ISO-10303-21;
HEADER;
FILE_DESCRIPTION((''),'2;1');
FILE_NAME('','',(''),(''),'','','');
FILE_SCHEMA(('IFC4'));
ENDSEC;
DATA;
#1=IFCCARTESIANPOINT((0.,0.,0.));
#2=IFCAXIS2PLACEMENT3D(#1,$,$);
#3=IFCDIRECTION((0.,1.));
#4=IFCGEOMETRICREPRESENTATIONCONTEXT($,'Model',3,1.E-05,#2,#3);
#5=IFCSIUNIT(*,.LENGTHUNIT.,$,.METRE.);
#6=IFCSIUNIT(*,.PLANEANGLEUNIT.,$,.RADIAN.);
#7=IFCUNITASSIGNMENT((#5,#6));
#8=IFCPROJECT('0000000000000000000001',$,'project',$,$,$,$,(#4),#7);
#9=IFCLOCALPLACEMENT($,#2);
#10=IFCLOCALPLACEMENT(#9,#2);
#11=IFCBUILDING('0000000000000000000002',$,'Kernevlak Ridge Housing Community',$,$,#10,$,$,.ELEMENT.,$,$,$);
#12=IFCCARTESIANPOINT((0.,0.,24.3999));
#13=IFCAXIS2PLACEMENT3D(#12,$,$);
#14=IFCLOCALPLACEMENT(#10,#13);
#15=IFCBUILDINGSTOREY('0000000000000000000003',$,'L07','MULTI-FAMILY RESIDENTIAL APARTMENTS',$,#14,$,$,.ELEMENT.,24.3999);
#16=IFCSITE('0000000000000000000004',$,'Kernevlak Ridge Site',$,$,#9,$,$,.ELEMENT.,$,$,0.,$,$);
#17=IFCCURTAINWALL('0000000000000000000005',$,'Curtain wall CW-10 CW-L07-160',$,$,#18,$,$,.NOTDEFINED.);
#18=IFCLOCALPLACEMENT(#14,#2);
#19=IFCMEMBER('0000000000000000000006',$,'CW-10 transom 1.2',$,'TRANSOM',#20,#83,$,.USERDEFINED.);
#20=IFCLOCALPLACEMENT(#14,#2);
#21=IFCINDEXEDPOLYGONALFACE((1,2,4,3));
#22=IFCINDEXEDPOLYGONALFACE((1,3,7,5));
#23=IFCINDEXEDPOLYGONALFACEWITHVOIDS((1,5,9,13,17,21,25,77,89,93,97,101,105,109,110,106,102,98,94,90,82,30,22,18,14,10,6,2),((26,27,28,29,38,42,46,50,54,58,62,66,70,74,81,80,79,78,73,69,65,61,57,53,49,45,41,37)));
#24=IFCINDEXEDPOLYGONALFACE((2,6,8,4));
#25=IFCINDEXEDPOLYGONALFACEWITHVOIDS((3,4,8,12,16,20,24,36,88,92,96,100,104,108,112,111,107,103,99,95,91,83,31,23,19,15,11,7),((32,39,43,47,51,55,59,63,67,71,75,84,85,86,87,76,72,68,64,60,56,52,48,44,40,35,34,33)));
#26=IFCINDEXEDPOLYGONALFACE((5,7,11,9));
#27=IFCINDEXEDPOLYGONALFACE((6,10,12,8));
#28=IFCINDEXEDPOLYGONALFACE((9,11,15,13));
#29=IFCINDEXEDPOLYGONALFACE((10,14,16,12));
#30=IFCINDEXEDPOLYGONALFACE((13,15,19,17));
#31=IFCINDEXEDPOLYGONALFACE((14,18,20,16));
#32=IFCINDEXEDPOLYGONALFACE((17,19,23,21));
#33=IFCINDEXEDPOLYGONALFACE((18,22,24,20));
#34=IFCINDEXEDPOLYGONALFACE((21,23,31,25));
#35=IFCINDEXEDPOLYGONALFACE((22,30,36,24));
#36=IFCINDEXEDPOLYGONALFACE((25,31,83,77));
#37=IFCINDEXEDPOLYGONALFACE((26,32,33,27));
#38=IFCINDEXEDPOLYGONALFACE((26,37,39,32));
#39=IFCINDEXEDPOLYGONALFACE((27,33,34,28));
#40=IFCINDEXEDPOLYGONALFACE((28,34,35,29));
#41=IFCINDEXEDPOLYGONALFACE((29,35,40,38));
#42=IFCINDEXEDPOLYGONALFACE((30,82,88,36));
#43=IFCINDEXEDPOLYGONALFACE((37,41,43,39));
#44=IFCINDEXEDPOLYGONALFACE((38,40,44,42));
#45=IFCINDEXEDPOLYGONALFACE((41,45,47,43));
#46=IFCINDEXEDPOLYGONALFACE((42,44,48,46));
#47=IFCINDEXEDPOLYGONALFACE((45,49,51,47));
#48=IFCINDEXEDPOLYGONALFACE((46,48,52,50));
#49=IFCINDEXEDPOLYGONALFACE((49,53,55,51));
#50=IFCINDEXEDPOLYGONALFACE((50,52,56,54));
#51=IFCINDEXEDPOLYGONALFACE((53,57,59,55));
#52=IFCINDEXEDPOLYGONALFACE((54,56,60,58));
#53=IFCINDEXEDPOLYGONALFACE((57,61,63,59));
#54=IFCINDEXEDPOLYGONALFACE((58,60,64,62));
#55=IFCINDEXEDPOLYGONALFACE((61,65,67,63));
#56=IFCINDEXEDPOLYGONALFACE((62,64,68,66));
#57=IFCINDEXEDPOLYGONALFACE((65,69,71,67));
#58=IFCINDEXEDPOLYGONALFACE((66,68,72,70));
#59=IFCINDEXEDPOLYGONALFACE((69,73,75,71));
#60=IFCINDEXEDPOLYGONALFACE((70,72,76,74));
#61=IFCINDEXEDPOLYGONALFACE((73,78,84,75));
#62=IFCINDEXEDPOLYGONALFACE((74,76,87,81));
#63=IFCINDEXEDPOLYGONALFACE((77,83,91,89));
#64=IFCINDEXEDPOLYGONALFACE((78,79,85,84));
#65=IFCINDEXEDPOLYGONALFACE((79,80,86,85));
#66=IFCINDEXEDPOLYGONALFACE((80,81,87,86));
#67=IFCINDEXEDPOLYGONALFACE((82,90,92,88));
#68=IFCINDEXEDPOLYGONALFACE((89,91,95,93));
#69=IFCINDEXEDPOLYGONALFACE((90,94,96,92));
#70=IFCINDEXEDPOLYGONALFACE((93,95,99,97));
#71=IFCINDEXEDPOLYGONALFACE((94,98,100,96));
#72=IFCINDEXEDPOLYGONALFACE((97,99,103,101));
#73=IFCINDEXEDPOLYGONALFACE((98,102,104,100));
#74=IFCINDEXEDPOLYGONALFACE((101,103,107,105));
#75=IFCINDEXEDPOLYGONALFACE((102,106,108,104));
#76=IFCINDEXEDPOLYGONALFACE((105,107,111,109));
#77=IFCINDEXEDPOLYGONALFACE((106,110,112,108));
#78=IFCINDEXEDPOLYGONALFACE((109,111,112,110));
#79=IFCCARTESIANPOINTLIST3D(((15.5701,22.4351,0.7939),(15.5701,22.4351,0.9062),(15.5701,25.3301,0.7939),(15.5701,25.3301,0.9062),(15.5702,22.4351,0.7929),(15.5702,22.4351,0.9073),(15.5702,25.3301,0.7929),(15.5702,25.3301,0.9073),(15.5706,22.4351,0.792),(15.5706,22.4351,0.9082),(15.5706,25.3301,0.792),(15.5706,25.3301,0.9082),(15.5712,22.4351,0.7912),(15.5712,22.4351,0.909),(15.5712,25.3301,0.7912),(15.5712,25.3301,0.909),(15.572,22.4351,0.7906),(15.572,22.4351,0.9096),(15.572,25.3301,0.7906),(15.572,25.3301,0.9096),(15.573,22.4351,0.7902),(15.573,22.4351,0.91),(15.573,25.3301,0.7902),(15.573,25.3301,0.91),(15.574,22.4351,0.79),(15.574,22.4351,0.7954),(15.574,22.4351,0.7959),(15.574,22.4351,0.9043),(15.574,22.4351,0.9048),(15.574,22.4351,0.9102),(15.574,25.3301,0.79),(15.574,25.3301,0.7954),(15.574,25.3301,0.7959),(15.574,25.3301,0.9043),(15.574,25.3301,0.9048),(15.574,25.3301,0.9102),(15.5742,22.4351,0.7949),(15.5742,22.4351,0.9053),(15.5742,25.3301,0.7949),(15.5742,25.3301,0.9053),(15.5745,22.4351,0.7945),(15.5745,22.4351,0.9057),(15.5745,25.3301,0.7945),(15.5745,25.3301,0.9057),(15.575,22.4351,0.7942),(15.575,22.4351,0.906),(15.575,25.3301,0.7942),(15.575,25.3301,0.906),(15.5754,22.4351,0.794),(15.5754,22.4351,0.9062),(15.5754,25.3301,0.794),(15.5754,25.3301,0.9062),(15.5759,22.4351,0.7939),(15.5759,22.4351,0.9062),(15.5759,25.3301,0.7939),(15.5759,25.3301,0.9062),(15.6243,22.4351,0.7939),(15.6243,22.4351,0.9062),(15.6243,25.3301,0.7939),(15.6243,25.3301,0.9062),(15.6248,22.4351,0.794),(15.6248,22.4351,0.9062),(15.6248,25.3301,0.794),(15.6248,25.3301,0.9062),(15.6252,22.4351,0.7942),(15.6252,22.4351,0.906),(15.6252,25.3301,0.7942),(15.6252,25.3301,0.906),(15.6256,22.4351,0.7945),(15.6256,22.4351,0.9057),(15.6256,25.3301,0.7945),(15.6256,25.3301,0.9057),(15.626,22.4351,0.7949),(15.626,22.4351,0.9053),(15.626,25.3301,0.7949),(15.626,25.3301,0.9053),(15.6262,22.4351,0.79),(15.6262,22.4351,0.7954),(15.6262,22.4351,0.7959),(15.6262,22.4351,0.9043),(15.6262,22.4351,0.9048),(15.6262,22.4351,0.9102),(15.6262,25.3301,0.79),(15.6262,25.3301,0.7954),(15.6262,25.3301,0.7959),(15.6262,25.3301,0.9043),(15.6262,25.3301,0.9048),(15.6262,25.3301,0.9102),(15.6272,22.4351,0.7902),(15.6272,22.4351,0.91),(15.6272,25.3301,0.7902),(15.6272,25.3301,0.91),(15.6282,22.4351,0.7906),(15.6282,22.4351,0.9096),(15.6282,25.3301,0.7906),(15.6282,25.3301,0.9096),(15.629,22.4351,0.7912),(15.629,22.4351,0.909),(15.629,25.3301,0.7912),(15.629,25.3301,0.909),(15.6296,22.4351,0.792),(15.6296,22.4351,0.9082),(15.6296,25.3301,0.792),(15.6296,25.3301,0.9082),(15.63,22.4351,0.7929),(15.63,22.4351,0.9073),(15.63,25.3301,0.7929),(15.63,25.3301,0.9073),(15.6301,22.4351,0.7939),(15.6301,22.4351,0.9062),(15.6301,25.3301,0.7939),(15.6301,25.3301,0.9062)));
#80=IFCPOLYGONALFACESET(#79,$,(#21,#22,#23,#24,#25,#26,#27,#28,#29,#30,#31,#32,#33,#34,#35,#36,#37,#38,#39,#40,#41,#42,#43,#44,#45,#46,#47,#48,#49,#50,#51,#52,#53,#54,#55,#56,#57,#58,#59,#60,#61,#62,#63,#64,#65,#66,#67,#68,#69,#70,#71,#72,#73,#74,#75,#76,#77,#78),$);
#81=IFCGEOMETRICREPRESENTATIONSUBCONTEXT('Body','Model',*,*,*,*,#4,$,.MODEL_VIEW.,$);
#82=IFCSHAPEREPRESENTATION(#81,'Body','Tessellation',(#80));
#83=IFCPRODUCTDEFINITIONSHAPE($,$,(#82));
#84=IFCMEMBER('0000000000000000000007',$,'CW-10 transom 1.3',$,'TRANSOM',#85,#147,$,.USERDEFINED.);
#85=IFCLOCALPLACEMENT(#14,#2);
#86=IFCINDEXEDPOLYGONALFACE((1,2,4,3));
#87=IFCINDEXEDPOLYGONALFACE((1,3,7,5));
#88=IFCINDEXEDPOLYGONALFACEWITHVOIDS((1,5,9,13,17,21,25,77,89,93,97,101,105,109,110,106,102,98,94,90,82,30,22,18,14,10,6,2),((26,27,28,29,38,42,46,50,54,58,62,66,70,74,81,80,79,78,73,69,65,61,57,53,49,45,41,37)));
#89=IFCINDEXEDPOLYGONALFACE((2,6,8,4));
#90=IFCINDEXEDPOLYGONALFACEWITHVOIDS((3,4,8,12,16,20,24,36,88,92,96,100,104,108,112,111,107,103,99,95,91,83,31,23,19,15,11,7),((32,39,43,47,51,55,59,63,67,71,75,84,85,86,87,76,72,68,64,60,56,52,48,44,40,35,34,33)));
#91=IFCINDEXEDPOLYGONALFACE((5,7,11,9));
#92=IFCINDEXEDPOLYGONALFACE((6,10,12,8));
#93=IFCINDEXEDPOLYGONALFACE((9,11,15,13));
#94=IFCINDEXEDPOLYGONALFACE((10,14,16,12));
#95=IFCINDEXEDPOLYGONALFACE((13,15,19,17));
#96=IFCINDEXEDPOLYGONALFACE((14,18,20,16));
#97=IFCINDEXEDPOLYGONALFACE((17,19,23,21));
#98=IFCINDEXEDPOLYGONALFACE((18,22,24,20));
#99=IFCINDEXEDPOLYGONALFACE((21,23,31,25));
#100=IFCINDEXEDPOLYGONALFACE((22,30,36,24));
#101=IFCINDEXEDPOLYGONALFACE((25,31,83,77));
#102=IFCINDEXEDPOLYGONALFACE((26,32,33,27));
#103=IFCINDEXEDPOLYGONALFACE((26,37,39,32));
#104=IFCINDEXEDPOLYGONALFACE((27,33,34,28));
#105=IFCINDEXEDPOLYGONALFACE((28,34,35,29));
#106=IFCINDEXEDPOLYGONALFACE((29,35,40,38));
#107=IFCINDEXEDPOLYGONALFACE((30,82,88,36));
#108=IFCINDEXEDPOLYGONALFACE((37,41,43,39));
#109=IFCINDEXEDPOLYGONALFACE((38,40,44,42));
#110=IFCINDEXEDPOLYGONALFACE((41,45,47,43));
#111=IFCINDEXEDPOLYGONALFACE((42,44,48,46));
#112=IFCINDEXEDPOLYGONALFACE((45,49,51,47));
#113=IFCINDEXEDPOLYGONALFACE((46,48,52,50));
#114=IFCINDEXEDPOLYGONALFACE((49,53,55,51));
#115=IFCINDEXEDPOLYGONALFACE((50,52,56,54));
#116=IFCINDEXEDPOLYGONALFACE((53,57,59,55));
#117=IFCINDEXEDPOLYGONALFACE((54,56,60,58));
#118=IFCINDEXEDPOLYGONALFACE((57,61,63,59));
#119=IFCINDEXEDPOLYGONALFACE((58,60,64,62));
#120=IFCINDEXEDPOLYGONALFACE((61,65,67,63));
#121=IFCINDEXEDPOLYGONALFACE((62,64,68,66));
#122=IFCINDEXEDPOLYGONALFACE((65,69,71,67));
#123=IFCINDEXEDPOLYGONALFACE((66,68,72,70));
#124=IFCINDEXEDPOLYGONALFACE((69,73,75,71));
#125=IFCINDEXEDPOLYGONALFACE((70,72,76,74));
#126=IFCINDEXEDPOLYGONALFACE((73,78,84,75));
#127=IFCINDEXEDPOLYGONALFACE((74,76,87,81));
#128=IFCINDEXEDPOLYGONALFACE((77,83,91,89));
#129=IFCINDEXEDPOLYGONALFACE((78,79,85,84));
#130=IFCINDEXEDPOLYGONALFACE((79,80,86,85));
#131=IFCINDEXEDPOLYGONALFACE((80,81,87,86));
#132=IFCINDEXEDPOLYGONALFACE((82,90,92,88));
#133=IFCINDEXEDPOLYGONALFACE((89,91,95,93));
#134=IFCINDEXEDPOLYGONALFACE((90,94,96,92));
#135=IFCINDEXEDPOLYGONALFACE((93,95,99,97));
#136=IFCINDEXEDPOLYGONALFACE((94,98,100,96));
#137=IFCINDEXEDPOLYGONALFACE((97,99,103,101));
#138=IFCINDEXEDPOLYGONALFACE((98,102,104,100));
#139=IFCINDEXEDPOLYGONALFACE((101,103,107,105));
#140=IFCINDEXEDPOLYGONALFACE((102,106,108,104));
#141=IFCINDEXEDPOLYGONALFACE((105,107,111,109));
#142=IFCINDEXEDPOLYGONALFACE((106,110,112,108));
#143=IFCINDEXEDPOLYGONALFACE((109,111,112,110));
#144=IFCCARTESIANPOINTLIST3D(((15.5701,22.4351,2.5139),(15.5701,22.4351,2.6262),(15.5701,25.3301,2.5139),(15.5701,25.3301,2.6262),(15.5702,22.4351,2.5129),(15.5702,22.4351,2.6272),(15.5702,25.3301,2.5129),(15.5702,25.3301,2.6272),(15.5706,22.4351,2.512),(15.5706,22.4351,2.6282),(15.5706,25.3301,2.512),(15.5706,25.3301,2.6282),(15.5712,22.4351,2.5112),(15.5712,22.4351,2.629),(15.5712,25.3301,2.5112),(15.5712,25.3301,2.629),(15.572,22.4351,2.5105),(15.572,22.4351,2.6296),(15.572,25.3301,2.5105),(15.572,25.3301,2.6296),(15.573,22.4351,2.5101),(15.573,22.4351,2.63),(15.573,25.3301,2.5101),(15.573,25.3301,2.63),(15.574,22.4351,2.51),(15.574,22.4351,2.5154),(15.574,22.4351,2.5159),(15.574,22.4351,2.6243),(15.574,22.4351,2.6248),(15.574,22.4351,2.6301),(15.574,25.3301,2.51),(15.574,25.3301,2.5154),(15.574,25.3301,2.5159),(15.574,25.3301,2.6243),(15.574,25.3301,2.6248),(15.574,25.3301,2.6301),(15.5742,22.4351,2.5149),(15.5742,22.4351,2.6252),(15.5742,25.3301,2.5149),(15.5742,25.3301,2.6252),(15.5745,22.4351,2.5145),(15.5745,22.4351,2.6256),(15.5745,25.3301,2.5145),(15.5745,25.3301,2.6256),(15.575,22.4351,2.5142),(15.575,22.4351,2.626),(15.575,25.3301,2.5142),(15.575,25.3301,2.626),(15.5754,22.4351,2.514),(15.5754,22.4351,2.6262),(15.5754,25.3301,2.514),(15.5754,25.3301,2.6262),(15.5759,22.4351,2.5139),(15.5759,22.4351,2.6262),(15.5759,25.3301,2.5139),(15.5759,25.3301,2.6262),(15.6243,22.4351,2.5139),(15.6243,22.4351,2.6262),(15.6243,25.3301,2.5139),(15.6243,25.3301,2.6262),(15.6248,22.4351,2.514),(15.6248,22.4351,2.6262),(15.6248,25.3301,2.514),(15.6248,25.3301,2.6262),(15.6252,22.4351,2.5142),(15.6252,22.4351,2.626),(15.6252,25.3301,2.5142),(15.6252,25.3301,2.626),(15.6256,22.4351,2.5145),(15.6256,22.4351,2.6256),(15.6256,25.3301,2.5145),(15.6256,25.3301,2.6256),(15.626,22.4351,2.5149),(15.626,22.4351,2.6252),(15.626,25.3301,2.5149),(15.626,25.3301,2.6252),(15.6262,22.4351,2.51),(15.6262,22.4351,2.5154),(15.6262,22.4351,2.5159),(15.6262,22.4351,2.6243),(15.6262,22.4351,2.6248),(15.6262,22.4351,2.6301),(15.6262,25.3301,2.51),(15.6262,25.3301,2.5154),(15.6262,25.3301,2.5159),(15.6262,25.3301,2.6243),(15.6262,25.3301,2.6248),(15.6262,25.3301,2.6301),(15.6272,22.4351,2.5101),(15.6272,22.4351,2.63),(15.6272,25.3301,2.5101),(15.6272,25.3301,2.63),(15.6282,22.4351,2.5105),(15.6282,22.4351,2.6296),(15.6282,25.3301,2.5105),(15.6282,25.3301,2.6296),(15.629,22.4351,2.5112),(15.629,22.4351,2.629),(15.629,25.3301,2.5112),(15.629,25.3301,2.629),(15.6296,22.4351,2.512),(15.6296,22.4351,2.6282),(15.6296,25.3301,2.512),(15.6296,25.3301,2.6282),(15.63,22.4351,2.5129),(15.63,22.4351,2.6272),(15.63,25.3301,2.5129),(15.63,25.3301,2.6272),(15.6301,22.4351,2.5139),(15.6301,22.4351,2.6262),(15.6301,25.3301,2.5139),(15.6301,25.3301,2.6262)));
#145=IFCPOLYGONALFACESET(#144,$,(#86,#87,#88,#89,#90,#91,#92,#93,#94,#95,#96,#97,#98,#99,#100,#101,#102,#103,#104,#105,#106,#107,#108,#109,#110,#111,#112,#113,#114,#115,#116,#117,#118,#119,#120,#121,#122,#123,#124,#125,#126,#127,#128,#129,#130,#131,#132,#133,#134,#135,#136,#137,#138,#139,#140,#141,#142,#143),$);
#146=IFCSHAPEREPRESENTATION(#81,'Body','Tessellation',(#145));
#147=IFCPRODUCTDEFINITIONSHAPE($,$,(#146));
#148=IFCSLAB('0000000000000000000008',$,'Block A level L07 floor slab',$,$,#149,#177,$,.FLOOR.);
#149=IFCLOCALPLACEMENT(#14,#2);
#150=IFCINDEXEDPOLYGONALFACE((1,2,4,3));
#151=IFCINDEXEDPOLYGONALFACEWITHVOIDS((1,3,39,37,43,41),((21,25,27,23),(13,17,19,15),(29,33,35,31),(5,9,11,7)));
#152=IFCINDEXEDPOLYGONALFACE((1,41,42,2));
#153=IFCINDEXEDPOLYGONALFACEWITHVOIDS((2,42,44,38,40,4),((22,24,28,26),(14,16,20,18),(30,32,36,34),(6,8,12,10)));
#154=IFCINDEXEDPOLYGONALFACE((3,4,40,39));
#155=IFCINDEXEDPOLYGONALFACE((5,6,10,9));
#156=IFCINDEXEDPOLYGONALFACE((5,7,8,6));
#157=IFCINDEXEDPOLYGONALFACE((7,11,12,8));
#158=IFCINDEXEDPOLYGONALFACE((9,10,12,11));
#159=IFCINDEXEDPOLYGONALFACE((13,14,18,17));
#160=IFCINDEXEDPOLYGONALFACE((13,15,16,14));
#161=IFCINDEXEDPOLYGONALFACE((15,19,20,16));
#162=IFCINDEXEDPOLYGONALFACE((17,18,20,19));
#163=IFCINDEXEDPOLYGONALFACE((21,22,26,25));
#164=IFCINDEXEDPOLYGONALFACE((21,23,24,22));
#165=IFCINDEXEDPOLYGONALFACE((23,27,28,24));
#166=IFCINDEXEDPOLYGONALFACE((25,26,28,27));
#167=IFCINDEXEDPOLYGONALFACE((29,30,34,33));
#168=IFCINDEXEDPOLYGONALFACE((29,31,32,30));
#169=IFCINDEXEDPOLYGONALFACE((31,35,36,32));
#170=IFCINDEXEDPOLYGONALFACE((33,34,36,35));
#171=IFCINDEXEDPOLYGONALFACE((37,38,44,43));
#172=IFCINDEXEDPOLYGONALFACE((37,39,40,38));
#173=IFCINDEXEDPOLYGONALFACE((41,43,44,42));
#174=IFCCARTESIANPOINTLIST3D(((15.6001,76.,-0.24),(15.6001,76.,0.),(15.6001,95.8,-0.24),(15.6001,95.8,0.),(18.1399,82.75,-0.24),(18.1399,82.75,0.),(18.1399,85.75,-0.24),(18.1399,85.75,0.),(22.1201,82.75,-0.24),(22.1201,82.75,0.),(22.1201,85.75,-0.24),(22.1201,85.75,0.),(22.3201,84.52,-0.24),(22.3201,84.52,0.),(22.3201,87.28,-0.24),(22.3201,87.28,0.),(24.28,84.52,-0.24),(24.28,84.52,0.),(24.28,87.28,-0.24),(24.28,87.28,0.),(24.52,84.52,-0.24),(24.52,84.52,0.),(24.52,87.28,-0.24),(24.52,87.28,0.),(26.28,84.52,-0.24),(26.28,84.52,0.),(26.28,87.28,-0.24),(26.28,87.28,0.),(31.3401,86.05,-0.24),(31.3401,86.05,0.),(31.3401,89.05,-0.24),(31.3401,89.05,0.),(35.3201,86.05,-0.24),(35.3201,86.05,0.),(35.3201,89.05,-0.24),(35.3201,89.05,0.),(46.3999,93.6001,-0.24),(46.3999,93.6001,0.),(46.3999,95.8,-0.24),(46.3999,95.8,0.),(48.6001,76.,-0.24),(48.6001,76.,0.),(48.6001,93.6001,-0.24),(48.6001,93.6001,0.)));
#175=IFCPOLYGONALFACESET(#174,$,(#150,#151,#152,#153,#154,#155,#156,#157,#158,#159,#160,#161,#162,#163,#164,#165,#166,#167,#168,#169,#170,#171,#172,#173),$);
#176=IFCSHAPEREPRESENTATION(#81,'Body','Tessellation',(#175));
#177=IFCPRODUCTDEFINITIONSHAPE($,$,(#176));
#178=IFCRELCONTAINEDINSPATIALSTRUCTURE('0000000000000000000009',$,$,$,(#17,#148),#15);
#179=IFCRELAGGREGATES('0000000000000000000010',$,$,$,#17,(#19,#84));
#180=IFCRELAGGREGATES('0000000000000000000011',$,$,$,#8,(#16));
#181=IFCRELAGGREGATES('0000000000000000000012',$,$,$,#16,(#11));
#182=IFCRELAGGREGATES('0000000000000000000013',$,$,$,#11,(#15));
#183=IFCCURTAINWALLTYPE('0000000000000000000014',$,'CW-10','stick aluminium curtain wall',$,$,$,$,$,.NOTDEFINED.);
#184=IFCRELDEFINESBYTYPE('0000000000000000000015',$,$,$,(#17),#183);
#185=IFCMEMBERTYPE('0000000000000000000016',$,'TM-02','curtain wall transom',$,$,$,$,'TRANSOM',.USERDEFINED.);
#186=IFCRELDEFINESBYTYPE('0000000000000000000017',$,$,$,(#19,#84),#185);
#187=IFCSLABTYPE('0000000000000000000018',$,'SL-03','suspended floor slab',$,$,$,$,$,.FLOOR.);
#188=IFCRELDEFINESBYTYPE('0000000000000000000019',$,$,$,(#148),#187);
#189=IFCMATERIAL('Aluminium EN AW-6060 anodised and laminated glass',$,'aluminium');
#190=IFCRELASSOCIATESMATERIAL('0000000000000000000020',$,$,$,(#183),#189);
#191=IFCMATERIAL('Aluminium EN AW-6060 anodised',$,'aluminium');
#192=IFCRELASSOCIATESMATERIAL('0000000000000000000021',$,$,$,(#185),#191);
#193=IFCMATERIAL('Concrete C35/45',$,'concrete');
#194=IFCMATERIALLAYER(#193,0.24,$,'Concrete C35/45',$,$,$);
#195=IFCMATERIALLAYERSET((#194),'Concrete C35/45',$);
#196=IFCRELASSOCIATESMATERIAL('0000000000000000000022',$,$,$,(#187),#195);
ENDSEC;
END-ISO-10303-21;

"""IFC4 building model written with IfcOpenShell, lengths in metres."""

from ifc_helpers import new_model, si_unit, direction, frame, origin, origin_2d, place, context, subcontext, project, spatial, polyline, hollow_rectangle, outline, extrude, material, layer, layer_set, material_profile, profile_set, type_object, element, aggregate, save


model = new_model("IFC4")

# Units and contexts
model_context = context("Model", 3, precision=1e-05, world=origin(), true_north=direction((0.0, 1.0)))
body_context = subcontext(model_context, "Body", "Model", "MODEL_VIEW")
ifc_project = project(units=[si_unit("LENGTHUNIT", "METRE"), si_unit("PLANEANGLEUNIT", "RADIAN")], contexts=[model_context])

# Site, building, storey
site_placement = place(None, origin())
site = spatial("IfcSite", under=ifc_project, at=site_placement, Name="Kernevlak Ridge Site", CompositionType="ELEMENT", RefElevation=0.0)
building_placement = place(site_placement, origin())
building = spatial("IfcBuilding", under=site, at=building_placement, Name="Kernevlak Ridge Housing Community", CompositionType="ELEMENT")
storey_placement = place(building_placement, frame((0.0, 0.0, 24.3999)))
storey = spatial("IfcBuildingStorey", under=building, at=storey_placement, Name="L07", Description="MULTI-FAMILY RESIDENTIAL APARTMENTS", CompositionType="ELEMENT", Elevation=24.3999)

# Shared definitions
ifc_material_1 = material(Name="Concrete C35/45", Category="concrete")

# Curtain wall
ifc_material_2 = material(Name="Aluminium EN AW-6060 anodised and laminated glass", Category="aluminium")
curtain_wall_type = type_object("IfcCurtainWallType", Name="CW-10", Description="stick aluminium curtain wall", PredefinedType="NOTDEFINED", material=ifc_material_2)
curtain_wall_placement = place(storey_placement, origin())
curtain_wall = element("IfcCurtainWall", 1, at=curtain_wall_placement, inside=storey, type_object=curtain_wall_type, Name="Curtain wall CW-10 CW-L07-160", PredefinedType="NOTDEFINED")
ifc_material_3 = material(Name="Aluminium EN AW-6060 anodised", Category="aluminium")

# Members
ifc_material_profile_1 = material_profile(ifc_material_3, hollow_rectangle(XDim=0.0601, YDim=0.1201, WallThickness=0.0039, InnerFilletRadius=0.002, OuterFilletRadius=0.0039, at=origin_2d()), Name="ALU 60x120x4")
ifc_profile_set_1 = profile_set([ifc_material_profile_1], Name="Aluminium EN AW-6060 anodised")
member_type_1 = type_object("IfcMemberType", Name="TM-02", Description="curtain wall transom", ElementType="TRANSOM", PredefinedType="USERDEFINED", material=ifc_profile_set_1)
member_1_placement = place(storey_placement, frame((15.6001, 22.4351, 0.8501), z_axis=(0.0, 1.0, 0.0), x_axis=(-1.0, 0.0, 0.0)))
member_1 = element("IfcMember", 2, at=member_1_placement, type_object=member_type_1, Name="CW-10 transom 1.2", ObjectType="TRANSOM", PredefinedType="USERDEFINED", context=body_context, shape_type="SweptSolid", body=[
    extrude(hollow_rectangle(XDim=0.0601, YDim=0.1201, WallThickness=0.0039, InnerFilletRadius=0.002, OuterFilletRadius=0.0039, at=origin_2d()), origin(), (0.0, 0.0, 1.0), 2.895),
])
member_2_placement = place(storey_placement, frame((15.6001, 22.4351, 2.5701), z_axis=(0.0, 1.0, 0.0), x_axis=(-1.0, 0.0, 0.0)))
member_2 = element("IfcMember", 3, at=member_2_placement, type_object=member_type_1, Name="CW-10 transom 1.3", ObjectType="TRANSOM", PredefinedType="USERDEFINED", context=body_context, shape_type="SweptSolid", body=[
    extrude(hollow_rectangle(XDim=0.0601, YDim=0.1201, WallThickness=0.0039, InnerFilletRadius=0.002, OuterFilletRadius=0.0039, at=origin_2d()), origin(), (0.0, 0.0, 1.0), 2.895),
])
aggregate(curtain_wall, [member_1, member_2])

# Slab
ifc_layer_1 = layer(ifc_material_1, 0.24, Name="Concrete C35/45")
ifc_layer_set_1 = layer_set([ifc_layer_1], Name="Concrete C35/45")
slab_type_1 = type_object("IfcSlabType", Name="SL-03", Description="suspended floor slab", PredefinedType="FLOOR", material=ifc_layer_set_1)
slab_1_placement = place(storey_placement, frame((0.0, 0.0, -0.24)))
element("IfcSlab", 4, at=slab_1_placement, inside=storey, type_object=slab_type_1, Name="Block A level L07 floor slab", PredefinedType="FLOOR", context=body_context, shape_type="SweptSolid", body=[
    extrude(outline(polyline([(15.6001, 76.0), (48.6001, 76.0), (48.6001, 93.6001), (46.3999, 93.6001), (46.3999, 95.8), (15.6001, 95.8), (15.6001, 76.0)]), holes=[polyline([(18.1399, 85.75), (22.1201, 85.75), (22.1201, 82.75), (18.1399, 82.75), (18.1399, 85.75)]), polyline([(31.3401, 89.05), (35.3201, 89.05), (35.3201, 86.05), (31.3401, 86.05), (31.3401, 89.05)]), polyline([(22.3201, 87.28), (24.28, 87.28), (24.28, 84.52), (22.3201, 84.52), (22.3201, 87.28)]), polyline([(24.52, 87.28), (26.28, 87.28), (26.28, 84.52), (24.52, 84.52), (24.52, 87.28)])]), origin(), (0.0, 0.0, 1.0), 0.24),
])

save(model, "model.ifc")
